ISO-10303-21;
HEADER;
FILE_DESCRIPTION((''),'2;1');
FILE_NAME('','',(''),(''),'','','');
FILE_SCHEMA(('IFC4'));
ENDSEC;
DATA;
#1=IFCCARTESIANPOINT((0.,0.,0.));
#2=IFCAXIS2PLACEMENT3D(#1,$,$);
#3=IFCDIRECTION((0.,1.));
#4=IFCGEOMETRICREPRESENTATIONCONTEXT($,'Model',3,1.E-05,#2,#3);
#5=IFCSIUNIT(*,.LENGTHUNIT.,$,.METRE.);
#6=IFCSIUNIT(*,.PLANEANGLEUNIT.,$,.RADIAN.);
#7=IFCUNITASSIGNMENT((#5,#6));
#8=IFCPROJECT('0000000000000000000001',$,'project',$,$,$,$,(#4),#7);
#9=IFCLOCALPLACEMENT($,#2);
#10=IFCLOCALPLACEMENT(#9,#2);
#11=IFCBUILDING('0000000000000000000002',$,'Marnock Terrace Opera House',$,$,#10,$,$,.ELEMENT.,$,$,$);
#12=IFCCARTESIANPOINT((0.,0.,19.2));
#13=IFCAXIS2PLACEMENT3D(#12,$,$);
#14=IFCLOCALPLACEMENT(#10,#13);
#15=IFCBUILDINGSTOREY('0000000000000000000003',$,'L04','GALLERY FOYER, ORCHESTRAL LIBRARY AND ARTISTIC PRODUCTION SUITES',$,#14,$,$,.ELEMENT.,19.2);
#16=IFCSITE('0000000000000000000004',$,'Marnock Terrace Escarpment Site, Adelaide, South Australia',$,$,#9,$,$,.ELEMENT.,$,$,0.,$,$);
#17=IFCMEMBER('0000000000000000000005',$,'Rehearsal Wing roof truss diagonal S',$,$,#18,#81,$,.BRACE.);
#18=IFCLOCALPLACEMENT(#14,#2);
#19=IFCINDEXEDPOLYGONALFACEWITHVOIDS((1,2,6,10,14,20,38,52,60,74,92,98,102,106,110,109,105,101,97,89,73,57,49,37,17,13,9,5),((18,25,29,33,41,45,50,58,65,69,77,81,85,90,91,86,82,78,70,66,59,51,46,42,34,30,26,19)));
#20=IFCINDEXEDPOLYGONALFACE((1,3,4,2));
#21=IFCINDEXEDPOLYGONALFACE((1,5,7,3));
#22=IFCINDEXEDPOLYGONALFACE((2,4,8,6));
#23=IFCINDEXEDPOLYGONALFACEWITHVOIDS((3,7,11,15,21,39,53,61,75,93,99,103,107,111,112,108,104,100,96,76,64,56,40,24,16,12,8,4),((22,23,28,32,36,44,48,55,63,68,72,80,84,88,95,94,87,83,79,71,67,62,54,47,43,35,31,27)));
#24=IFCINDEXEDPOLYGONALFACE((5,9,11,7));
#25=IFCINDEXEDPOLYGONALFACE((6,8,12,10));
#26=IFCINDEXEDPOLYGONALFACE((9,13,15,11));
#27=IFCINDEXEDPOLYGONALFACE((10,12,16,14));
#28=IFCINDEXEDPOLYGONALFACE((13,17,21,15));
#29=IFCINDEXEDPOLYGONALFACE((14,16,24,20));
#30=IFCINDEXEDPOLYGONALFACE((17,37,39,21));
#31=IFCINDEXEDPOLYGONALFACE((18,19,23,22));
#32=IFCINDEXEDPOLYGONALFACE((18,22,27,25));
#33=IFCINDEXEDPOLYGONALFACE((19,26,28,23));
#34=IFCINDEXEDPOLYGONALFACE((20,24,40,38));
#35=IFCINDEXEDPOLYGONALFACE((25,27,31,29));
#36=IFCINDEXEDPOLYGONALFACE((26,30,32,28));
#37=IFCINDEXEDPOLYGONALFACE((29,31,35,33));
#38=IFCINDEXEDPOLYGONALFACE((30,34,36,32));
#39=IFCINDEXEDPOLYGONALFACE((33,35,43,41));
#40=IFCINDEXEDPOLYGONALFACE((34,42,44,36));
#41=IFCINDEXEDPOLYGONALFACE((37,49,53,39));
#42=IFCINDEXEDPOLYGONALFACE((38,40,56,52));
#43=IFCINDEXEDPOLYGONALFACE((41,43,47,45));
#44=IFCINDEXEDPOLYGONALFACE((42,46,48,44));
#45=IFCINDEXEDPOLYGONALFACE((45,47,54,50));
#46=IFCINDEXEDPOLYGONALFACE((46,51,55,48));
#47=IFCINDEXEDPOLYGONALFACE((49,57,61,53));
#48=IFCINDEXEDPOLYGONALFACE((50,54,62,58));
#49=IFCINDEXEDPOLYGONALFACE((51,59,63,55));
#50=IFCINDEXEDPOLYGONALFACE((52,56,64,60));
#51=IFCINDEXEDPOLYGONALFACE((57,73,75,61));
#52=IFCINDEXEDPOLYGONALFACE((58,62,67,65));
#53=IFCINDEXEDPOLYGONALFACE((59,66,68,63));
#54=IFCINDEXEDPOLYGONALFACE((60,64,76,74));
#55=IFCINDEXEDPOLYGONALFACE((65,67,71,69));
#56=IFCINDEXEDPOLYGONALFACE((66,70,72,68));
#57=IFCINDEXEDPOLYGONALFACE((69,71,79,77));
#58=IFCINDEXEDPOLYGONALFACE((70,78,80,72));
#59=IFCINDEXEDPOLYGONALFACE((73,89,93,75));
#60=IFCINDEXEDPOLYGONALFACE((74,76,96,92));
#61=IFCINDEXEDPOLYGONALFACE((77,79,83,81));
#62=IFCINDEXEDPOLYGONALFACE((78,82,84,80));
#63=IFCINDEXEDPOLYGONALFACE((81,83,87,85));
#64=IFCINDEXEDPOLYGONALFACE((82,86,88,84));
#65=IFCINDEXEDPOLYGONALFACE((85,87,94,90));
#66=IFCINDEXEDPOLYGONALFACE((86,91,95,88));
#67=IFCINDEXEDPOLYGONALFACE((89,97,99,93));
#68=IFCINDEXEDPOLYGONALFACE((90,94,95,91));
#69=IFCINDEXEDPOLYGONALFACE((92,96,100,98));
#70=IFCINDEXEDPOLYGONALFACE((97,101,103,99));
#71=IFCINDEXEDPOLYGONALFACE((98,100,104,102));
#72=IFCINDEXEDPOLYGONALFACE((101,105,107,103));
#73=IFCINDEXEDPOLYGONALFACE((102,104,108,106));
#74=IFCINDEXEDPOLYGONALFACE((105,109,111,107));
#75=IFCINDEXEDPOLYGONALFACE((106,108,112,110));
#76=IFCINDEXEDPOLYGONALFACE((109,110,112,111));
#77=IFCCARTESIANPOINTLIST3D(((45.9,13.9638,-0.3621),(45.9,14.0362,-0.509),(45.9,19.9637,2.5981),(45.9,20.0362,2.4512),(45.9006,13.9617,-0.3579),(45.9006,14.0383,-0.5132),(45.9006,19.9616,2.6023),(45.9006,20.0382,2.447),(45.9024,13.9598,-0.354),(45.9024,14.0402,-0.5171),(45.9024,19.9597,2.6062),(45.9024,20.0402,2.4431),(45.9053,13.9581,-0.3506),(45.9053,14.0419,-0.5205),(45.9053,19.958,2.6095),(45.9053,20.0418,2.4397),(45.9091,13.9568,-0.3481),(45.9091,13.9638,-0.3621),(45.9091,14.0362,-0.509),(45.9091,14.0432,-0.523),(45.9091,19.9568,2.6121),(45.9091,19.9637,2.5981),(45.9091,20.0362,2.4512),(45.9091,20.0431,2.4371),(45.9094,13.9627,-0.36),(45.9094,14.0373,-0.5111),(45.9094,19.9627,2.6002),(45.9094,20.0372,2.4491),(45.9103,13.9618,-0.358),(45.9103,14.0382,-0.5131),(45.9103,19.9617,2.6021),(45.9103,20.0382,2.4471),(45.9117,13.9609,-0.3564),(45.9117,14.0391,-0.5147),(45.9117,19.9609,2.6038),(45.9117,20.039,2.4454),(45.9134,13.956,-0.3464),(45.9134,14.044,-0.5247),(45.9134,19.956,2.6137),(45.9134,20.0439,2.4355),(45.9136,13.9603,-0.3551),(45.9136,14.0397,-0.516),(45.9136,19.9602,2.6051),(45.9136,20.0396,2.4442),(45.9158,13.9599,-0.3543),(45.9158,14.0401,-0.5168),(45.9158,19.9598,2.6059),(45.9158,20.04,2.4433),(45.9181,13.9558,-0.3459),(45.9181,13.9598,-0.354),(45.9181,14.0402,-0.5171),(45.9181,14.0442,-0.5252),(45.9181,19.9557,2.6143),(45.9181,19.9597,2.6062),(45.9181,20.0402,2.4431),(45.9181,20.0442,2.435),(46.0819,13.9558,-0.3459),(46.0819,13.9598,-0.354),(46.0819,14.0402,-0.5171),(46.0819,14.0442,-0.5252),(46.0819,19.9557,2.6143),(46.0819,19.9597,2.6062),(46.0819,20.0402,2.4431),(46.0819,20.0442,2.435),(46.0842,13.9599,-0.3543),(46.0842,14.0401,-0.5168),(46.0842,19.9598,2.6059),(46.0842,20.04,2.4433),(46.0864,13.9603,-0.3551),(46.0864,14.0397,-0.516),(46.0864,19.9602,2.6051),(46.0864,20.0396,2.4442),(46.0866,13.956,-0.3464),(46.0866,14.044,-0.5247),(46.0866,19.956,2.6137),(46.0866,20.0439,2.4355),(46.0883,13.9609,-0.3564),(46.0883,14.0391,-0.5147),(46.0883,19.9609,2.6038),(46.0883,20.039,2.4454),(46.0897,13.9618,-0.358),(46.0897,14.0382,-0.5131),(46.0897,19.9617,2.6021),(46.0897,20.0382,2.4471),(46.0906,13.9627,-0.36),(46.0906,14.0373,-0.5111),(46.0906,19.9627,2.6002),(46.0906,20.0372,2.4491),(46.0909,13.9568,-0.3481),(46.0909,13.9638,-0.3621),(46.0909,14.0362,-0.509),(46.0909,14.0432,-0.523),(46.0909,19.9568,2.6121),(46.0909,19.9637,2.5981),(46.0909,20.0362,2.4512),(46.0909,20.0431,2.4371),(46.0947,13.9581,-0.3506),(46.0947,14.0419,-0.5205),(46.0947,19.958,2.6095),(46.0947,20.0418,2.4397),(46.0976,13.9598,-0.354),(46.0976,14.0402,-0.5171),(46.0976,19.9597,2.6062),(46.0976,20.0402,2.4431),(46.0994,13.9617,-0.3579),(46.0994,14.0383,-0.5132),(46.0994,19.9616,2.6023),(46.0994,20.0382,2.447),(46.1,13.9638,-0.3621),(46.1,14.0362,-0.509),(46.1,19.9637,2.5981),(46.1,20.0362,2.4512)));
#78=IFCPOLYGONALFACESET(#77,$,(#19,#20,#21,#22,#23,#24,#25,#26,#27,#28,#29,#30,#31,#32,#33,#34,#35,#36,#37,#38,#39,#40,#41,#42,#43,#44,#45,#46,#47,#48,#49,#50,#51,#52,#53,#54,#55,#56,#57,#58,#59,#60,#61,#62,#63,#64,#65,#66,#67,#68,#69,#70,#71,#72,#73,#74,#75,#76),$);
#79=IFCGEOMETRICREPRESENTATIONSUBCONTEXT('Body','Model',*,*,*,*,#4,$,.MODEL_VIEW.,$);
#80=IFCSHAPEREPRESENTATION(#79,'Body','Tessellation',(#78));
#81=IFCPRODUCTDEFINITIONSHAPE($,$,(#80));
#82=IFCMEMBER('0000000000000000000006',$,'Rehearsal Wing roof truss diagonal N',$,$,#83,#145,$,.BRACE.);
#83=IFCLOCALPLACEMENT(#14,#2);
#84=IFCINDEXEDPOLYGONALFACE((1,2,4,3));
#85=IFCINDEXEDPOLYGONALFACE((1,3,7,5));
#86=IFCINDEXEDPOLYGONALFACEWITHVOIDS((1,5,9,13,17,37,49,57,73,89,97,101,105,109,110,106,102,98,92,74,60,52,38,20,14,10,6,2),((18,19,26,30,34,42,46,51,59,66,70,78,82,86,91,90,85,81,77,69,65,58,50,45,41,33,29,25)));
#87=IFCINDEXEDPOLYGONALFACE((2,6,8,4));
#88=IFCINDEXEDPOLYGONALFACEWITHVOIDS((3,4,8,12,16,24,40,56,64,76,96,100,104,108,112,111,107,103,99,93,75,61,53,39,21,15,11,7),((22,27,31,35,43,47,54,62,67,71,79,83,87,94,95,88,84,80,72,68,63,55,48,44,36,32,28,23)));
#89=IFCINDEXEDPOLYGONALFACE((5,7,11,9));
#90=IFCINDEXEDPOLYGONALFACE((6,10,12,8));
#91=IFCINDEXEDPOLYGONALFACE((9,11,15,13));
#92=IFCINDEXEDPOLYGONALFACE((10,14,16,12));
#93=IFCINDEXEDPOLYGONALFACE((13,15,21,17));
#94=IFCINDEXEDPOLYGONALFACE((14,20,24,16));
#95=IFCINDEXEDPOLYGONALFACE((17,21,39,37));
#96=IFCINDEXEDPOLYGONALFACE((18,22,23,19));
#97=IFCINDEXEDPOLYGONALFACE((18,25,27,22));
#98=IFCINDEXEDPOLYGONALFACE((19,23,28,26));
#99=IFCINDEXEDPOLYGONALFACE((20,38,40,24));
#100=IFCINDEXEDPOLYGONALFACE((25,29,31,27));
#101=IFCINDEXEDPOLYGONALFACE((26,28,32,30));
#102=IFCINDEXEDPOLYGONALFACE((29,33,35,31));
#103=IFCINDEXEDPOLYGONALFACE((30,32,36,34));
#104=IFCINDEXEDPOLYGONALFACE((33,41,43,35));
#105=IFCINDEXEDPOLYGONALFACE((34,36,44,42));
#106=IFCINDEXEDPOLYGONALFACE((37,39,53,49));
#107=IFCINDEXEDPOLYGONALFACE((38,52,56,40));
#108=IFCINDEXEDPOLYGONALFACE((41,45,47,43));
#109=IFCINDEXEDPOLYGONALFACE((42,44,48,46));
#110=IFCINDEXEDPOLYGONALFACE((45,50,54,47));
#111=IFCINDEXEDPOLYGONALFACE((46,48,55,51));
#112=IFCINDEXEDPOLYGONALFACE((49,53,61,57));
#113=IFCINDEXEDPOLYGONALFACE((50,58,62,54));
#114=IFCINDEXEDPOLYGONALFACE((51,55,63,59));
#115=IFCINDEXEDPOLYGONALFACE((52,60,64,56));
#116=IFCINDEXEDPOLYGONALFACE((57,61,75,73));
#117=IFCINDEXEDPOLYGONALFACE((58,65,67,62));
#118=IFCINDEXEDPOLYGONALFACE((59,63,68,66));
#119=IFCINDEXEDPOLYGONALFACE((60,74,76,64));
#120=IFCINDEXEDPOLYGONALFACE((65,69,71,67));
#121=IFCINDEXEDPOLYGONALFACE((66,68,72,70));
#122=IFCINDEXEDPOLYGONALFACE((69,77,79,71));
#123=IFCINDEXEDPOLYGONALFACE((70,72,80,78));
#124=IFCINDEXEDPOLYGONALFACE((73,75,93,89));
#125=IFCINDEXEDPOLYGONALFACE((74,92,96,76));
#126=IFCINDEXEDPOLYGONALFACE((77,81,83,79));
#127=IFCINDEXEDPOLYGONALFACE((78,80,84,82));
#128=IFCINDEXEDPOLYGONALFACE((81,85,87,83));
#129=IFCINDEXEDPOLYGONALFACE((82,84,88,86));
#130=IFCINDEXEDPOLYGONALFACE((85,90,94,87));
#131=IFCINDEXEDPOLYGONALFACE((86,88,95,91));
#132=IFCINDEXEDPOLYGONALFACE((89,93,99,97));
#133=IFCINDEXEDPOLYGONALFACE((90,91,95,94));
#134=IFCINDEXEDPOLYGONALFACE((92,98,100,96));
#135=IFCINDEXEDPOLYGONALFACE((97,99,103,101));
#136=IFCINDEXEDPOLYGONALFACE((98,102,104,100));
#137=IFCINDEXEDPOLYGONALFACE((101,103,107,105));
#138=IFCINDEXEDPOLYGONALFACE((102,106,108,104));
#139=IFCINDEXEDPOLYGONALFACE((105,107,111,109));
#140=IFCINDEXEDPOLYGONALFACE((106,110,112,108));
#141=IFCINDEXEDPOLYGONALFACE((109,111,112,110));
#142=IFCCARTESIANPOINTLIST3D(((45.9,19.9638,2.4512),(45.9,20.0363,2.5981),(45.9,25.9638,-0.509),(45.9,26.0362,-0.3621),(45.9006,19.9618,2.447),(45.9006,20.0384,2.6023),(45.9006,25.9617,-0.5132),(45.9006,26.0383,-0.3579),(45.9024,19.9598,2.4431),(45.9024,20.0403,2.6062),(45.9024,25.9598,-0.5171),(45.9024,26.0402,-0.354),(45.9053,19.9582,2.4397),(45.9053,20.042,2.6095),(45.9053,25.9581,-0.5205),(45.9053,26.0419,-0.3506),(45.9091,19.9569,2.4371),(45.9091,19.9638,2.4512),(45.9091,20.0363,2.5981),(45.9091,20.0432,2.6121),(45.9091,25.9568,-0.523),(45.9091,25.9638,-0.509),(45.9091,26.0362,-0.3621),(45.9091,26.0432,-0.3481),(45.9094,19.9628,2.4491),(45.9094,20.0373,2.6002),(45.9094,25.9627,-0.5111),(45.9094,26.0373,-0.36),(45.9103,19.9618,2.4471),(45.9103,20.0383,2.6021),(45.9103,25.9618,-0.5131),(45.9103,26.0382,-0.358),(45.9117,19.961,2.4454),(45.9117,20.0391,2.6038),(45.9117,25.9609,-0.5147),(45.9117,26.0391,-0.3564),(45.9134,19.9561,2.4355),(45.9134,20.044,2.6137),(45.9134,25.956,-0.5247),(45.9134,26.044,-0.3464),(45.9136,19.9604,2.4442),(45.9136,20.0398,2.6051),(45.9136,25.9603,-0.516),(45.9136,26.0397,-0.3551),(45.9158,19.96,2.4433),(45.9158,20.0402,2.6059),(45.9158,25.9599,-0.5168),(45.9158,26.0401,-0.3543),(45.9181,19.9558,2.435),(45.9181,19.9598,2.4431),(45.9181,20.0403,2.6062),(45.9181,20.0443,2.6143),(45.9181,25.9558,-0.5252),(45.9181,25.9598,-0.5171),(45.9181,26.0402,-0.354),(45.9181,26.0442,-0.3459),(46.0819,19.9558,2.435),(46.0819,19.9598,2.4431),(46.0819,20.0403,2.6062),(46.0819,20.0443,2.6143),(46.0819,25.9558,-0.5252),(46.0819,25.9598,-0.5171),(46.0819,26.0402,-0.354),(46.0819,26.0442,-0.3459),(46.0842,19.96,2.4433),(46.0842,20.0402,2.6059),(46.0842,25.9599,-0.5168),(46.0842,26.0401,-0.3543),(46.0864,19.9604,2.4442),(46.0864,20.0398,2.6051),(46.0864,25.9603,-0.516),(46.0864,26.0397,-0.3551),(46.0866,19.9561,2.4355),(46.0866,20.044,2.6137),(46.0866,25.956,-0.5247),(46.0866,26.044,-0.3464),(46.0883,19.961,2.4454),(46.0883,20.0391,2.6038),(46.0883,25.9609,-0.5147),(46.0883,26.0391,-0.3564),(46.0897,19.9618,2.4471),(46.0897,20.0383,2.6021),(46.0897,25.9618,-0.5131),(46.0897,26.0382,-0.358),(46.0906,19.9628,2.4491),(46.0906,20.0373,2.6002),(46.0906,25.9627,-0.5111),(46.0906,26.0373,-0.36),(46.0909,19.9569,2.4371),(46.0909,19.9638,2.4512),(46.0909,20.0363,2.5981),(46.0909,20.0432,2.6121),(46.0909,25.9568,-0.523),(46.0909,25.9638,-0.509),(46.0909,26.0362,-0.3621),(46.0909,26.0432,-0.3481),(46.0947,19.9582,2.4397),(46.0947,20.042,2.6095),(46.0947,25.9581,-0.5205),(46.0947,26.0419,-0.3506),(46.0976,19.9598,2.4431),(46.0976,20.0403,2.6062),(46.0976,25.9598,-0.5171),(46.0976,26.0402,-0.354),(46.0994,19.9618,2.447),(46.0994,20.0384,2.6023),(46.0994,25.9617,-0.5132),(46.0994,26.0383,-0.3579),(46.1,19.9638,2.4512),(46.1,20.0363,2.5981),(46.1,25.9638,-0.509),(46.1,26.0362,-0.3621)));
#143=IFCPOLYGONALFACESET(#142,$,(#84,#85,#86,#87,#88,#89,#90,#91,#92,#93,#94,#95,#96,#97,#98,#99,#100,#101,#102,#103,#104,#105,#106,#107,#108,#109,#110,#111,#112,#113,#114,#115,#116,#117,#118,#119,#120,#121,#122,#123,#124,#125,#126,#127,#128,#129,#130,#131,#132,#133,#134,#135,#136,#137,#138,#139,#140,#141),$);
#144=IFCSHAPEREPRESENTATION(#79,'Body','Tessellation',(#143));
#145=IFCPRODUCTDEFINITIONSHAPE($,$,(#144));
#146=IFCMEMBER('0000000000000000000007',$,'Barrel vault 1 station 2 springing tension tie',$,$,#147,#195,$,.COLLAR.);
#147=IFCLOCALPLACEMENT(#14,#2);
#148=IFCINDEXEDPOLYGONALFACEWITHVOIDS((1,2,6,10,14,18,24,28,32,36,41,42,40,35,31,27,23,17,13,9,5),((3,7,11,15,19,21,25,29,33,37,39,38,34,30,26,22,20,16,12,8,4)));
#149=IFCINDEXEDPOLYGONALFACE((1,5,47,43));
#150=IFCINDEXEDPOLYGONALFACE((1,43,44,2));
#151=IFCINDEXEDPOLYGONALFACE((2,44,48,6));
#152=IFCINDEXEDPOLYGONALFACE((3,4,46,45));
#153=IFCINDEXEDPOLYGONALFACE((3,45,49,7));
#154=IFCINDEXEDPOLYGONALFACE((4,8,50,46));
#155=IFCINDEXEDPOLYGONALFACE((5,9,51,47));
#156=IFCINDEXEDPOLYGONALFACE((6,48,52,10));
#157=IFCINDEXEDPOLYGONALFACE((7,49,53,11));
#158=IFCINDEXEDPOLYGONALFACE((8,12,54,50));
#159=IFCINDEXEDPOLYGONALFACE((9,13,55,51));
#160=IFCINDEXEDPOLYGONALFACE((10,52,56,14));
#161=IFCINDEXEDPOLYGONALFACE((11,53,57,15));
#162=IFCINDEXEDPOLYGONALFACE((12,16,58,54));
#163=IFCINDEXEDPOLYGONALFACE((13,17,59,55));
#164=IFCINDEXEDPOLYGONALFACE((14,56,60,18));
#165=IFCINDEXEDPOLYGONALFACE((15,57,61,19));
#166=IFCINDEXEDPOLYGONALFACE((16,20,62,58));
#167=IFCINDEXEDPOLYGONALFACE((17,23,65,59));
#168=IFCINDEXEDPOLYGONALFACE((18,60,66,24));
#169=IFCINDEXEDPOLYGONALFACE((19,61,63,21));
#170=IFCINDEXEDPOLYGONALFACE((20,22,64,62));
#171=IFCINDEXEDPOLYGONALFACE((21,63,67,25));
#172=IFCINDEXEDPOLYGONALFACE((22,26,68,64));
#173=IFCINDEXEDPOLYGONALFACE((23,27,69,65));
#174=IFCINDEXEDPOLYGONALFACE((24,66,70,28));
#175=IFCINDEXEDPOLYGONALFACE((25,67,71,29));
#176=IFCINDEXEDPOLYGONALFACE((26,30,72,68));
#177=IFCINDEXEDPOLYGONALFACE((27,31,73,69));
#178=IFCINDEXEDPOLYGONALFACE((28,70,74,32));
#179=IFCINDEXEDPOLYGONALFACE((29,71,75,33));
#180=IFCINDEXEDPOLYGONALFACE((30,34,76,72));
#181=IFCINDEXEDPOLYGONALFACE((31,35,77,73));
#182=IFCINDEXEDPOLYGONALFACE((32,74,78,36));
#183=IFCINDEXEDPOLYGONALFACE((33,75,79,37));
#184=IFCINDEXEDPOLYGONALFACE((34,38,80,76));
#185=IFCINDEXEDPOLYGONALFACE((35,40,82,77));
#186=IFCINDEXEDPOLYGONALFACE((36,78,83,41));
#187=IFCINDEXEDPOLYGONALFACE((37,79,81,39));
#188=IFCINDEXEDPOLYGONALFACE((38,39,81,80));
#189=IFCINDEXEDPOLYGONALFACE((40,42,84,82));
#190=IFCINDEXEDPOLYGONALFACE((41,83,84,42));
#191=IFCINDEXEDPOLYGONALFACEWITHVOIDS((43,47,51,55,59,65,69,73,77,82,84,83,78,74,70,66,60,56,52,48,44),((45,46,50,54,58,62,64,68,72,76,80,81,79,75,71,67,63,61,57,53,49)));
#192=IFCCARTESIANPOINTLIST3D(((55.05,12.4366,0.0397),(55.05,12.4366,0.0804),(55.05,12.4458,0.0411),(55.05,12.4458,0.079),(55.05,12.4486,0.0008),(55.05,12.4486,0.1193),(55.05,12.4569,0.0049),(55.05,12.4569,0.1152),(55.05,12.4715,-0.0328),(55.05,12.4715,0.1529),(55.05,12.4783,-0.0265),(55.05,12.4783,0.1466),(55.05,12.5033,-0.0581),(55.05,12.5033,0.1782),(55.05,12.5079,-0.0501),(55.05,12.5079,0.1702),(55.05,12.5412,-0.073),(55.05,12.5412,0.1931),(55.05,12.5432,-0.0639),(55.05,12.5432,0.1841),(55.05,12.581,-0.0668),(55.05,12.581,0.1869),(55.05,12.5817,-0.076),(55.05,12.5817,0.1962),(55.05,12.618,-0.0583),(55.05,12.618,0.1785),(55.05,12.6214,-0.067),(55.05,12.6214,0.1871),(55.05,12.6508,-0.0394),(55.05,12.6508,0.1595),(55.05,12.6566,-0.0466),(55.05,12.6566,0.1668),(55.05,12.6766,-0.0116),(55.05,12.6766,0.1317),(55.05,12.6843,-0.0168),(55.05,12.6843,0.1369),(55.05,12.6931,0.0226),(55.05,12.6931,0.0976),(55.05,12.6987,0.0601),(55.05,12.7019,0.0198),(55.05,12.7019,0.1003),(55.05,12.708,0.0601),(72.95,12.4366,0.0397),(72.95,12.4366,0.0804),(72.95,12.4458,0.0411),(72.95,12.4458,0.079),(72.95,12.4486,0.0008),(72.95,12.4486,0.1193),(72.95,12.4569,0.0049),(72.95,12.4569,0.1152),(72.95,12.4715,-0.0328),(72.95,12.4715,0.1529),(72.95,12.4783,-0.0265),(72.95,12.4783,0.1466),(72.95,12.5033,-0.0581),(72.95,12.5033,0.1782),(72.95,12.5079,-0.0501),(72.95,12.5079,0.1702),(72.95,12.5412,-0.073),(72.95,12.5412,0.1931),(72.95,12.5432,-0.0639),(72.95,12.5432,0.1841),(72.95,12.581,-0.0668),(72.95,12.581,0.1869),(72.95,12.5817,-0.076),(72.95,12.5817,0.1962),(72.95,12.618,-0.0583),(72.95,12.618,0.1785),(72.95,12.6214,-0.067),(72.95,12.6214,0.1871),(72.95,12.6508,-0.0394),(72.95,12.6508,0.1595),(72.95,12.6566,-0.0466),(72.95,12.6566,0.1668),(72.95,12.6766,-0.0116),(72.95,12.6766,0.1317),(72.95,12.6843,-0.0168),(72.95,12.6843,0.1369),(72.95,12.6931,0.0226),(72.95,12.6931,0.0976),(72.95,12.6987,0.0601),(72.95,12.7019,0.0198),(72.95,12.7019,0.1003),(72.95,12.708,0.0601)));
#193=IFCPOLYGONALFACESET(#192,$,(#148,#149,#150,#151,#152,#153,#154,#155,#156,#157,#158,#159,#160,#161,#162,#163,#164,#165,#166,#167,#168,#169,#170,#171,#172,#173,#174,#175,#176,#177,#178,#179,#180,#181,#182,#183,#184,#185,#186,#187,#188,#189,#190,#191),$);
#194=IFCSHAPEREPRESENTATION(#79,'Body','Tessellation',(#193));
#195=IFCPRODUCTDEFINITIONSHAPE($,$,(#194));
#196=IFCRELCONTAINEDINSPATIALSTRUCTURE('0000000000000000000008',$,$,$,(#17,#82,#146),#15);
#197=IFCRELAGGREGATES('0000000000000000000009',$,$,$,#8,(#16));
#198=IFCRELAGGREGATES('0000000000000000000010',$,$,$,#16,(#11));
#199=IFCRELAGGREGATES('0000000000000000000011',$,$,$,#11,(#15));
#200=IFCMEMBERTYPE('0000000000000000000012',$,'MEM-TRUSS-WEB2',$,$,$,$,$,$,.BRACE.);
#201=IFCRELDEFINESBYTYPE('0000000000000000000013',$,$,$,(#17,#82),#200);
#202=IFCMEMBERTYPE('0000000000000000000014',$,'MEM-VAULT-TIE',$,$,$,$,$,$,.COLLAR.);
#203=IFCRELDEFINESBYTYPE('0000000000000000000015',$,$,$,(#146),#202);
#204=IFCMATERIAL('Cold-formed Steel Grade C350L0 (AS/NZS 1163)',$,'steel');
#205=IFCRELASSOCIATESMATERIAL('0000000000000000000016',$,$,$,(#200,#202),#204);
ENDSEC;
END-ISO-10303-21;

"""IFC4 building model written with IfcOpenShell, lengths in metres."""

from ifc_helpers import new_model, si_unit, direction, frame, origin, origin_2d, place, context, subcontext, project, spatial, hollow_rectangle, hollow_circle, extrude, material, material_profile, profile_set, type_object, element, save


model = new_model("IFC4")

# Units and contexts
model_context = context("Model", 3, precision=1e-05, world=origin(), true_north=direction((0.0, 1.0)))
body_context = subcontext(model_context, "Body", "Model", "MODEL_VIEW")
ifc_project = project(units=[si_unit("LENGTHUNIT", "METRE"), si_unit("PLANEANGLEUNIT", "RADIAN")], contexts=[model_context])

# Site, building, storey
site_placement = place(None, origin())
site = spatial("IfcSite", under=ifc_project, at=site_placement, Name="Marnock Terrace Escarpment Site, Adelaide, South Australia", CompositionType="ELEMENT", RefElevation=0.0)
building_placement = place(site_placement, origin())
building = spatial("IfcBuilding", under=site, at=building_placement, Name="Marnock Terrace Opera House", CompositionType="ELEMENT")
storey_placement = place(building_placement, frame((0.0, 0.0, 19.2)))
storey = spatial("IfcBuildingStorey", under=building, at=storey_placement, Name="L04", Description="GALLERY FOYER, ORCHESTRAL LIBRARY AND ARTISTIC PRODUCTION SUITES", CompositionType="ELEMENT", Elevation=19.2)

# Members
ifc_material_1 = material(Name="Cold-formed Steel Grade C350L0 (AS/NZS 1163)", Category="steel")
ifc_material_profile_1 = material_profile(ifc_material_1, hollow_rectangle(XDim=0.2, YDim=0.2, WallThickness=0.009, InnerFilletRadius=0.009, OuterFilletRadius=0.0181, at=origin_2d()))
ifc_profile_set_1 = profile_set([ifc_material_profile_1], Name="Cold-formed Steel Grade C350L0 (AS/NZS 1163)")
member_type_1 = type_object("IfcMemberType", Name="MEM-TRUSS-WEB2", PredefinedType="BRACE", material=ifc_profile_set_1)
for number, where, z_axis, x_axis, name in (
    (1, (46.0, 14.0, -0.4355), (0.0, 0.896794, 0.442449), (-1.0, 0.0, 0.0), "Rehearsal Wing roof truss diagonal S"),
    (2, (46.0, 26.0, -0.4355), (0.0, -0.896794, 0.442449), (1.0, 0.0, 0.0), "Rehearsal Wing roof truss diagonal N"),
):
    element("IfcMember", number, at=place(storey_placement, frame(where, z_axis=z_axis, x_axis=x_axis)), inside=storey, type_object=member_type_1, Name=name, PredefinedType="BRACE", context=body_context, shape_type="SweptSolid", body=[
        extrude(hollow_rectangle(XDim=0.2, YDim=0.2, WallThickness=0.009, InnerFilletRadius=0.009, OuterFilletRadius=0.0181, at=origin_2d()), origin(), (0.0, 0.0, 1.0), 6.6904),
    ])
ifc_material_profile_2 = material_profile(ifc_material_1, hollow_circle(Radius=0.1365, WallThickness=0.0093, at=origin_2d()))
ifc_profile_set_2 = profile_set([ifc_material_profile_2], Name="Cold-formed Steel Grade C350L0 (AS/NZS 1163)")
member_type_2 = type_object("IfcMemberType", Name="MEM-VAULT-TIE", PredefinedType="COLLAR", material=ifc_profile_set_2)
for number, where, z_axis, x_axis, name in (
    (3, (55.05, 12.5715, 0.0601), (1.0, 0.0, 0.0), (0.0, 1.0, 0.0), "Barrel vault 1 station 2 springing tension tie"),
):
    element("IfcMember", number, at=place(storey_placement, frame(where, z_axis=z_axis, x_axis=x_axis)), inside=storey, type_object=member_type_2, Name=name, PredefinedType="COLLAR", context=body_context, shape_type="SweptSolid", body=[
        extrude(hollow_circle(Radius=0.1365, WallThickness=0.0093, at=origin_2d()), origin(), (0.0, 0.0, 1.0), 17.8999),
    ])

save(model, "model.ifc")
